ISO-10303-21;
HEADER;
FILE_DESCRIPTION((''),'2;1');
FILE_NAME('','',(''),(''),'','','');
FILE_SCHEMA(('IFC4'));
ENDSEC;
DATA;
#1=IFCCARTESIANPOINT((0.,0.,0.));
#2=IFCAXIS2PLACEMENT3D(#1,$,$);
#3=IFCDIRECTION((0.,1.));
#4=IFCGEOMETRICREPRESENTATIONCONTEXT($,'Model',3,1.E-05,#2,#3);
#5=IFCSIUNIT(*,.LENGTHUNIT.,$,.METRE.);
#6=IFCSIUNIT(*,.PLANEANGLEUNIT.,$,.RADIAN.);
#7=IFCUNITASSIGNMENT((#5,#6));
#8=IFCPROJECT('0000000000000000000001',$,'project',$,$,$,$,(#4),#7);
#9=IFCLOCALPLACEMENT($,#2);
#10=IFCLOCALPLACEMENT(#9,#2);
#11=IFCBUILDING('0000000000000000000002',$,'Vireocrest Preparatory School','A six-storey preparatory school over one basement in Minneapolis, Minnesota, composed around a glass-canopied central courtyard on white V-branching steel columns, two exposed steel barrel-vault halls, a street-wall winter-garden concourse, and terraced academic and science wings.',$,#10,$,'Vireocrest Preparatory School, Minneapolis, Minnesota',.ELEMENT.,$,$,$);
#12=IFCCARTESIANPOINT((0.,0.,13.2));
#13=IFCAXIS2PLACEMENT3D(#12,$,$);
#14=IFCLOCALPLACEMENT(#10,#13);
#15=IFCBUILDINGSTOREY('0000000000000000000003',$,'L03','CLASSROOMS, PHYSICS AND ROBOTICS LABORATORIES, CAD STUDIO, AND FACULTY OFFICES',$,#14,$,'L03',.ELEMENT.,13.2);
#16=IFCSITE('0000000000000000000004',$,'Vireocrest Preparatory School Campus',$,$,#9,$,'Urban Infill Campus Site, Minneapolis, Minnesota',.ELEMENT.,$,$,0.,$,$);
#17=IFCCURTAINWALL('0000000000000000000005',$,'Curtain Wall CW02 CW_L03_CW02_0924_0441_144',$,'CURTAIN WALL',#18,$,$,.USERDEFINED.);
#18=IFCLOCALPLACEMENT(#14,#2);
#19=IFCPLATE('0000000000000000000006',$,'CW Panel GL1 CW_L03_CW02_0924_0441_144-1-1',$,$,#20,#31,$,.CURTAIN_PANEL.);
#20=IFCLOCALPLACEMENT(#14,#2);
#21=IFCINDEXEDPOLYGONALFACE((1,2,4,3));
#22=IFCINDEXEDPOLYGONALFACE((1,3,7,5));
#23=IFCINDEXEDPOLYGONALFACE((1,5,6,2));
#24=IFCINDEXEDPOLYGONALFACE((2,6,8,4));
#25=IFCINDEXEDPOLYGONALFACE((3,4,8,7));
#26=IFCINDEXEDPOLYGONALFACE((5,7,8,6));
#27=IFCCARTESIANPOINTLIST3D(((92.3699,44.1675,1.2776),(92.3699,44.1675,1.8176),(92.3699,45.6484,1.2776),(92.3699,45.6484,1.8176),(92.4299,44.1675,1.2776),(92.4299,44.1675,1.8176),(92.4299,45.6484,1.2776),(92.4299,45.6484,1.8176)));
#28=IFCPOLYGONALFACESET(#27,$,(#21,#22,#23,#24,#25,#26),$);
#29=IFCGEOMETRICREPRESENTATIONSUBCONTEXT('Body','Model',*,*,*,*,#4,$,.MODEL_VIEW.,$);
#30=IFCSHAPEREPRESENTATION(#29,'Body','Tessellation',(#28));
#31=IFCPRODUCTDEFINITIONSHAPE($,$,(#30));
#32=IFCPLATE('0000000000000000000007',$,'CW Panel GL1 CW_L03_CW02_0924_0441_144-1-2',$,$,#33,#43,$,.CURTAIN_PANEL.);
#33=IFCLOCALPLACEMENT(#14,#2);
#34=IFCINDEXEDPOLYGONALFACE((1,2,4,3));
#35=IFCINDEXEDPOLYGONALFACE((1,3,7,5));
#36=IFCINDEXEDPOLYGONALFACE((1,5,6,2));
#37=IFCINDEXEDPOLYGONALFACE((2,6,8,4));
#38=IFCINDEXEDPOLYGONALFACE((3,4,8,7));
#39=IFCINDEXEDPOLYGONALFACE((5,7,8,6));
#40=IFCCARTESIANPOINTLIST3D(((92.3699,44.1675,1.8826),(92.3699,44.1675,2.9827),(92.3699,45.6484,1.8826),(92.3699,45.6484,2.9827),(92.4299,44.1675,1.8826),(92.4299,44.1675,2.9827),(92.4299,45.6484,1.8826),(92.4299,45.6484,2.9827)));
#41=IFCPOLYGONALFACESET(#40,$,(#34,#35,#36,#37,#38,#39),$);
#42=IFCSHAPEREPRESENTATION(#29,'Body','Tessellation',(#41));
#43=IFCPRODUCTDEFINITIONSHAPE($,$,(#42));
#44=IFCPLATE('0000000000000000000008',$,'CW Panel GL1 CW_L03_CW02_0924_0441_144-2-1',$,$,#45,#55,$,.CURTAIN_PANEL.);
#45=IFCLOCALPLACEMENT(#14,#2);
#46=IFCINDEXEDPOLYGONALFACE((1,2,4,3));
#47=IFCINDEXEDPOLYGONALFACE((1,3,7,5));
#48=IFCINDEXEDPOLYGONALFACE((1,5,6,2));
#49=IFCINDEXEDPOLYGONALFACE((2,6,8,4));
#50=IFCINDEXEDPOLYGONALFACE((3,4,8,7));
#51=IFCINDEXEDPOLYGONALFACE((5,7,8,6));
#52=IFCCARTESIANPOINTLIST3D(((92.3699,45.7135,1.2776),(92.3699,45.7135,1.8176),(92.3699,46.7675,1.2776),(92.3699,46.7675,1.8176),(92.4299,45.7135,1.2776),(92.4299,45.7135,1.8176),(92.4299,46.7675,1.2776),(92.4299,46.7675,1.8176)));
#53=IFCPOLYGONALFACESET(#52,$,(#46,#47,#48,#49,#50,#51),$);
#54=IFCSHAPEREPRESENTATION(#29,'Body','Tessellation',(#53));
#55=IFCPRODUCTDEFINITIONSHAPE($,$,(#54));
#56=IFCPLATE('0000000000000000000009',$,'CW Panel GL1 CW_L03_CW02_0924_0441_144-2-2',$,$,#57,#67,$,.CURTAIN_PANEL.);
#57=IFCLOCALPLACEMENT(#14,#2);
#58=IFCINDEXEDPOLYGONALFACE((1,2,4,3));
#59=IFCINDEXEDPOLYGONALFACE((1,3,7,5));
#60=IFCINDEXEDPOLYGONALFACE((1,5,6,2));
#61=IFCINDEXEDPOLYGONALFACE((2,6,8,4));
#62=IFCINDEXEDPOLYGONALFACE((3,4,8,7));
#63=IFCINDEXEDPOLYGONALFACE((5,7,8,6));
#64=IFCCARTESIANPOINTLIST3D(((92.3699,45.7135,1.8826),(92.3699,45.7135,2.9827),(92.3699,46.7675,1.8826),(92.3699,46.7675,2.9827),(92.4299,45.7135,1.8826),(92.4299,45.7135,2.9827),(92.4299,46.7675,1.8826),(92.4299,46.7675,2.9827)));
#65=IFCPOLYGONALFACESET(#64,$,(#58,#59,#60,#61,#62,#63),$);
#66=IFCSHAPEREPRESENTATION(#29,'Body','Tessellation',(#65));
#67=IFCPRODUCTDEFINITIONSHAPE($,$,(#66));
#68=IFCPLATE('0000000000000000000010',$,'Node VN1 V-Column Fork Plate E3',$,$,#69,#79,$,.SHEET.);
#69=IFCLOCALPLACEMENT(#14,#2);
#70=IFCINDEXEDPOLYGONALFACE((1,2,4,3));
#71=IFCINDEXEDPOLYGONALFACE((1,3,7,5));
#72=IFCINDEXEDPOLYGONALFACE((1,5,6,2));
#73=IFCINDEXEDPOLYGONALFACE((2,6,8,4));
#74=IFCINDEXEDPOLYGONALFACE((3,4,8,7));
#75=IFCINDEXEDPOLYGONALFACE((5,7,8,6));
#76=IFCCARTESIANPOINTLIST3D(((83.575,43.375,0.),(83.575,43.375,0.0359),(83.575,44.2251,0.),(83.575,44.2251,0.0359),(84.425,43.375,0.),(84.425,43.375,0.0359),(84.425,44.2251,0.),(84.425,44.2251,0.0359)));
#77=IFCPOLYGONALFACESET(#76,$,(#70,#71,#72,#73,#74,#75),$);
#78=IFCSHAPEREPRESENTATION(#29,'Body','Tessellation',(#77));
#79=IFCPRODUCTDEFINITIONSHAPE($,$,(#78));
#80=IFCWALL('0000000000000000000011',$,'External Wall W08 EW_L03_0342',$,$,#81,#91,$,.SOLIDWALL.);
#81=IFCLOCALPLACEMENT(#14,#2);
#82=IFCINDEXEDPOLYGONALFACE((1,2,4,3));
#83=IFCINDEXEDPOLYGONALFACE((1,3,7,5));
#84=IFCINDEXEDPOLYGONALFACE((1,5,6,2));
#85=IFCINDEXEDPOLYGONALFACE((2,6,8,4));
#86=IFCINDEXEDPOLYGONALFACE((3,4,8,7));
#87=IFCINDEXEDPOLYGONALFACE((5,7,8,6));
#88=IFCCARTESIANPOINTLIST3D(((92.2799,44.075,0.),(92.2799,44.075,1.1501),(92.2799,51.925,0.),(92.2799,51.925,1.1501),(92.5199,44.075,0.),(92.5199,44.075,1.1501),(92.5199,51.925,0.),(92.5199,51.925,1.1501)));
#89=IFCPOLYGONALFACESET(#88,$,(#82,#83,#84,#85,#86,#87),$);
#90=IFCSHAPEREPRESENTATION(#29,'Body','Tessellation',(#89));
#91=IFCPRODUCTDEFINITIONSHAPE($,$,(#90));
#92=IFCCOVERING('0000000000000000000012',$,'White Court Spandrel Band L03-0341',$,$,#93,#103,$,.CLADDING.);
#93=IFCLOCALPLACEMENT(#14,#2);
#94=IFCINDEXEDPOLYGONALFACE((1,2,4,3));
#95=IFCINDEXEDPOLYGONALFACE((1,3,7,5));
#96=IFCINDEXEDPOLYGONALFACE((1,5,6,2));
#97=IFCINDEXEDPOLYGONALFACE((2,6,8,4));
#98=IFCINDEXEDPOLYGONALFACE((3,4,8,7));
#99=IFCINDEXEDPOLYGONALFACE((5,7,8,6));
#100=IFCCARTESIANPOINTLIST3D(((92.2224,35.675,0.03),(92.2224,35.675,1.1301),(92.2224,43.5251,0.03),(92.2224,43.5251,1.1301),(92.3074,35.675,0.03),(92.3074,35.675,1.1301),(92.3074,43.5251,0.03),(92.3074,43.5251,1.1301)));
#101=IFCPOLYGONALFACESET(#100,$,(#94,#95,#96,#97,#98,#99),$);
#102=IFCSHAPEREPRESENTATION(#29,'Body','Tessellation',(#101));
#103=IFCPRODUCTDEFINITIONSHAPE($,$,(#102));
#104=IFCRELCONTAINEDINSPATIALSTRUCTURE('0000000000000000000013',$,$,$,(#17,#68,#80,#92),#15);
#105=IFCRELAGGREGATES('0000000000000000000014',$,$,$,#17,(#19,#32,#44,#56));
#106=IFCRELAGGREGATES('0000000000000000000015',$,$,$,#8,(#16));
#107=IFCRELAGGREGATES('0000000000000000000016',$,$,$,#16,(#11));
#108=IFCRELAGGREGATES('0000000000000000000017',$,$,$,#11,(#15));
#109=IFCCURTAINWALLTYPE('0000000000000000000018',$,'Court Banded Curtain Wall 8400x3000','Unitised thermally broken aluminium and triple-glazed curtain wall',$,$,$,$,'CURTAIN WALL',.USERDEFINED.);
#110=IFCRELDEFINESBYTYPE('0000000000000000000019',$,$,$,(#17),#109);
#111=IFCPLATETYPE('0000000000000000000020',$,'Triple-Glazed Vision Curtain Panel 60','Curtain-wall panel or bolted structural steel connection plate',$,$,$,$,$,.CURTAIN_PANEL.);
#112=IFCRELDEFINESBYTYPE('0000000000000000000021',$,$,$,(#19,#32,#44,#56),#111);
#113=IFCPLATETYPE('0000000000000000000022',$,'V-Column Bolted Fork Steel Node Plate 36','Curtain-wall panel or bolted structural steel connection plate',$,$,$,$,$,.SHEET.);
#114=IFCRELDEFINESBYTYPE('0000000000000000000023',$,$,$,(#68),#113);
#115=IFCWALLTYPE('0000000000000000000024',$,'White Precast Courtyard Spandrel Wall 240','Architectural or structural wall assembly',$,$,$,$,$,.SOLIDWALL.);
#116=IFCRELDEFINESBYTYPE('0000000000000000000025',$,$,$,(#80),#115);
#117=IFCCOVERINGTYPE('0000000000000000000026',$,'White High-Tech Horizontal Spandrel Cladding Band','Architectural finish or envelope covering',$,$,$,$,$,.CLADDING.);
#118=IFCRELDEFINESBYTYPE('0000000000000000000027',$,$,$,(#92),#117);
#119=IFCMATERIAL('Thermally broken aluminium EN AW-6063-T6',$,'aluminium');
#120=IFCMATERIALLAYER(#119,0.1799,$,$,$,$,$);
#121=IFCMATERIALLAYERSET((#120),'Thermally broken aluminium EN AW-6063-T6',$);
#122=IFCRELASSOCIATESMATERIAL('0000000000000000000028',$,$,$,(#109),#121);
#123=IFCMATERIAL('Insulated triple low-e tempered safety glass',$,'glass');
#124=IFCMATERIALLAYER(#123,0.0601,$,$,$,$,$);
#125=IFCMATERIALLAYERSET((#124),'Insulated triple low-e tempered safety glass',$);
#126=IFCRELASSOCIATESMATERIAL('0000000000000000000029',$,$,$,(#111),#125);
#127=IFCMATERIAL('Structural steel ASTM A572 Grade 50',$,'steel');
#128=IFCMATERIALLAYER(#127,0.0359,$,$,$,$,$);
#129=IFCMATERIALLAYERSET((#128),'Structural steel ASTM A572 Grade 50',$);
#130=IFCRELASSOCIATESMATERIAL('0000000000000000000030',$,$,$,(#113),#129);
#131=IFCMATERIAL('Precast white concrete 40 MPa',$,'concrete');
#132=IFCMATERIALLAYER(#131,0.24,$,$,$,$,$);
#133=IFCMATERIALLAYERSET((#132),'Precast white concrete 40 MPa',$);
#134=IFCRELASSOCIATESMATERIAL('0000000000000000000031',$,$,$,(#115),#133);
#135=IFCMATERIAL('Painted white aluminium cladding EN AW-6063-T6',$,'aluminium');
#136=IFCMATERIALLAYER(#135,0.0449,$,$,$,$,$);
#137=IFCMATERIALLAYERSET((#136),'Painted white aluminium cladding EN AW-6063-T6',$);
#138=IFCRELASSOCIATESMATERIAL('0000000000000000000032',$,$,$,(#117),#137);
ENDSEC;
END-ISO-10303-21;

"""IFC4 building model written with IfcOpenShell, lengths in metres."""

from ifc_helpers import new_model, si_unit, direction, frame, frame_2d, origin, origin_2d, place, context, subcontext, project, spatial, rectangle, extrude, material, layer, layer_set, type_object, element, aggregate, save


model = new_model("IFC4")

# Units and contexts
model_context = context("Model", 3, precision=1e-05, world=origin(), true_north=direction((0.0, 1.0)))
body_context = subcontext(model_context, "Body", "Model", "MODEL_VIEW")
ifc_project = project(units=[si_unit("LENGTHUNIT", "METRE"), si_unit("PLANEANGLEUNIT", "RADIAN")], contexts=[model_context])

# Site, building, storey
site_placement = place(None, origin())
site = spatial("IfcSite", under=ifc_project, at=site_placement, Name="Vireocrest Preparatory School Campus", LongName="Urban Infill Campus Site, Minneapolis, Minnesota", CompositionType="ELEMENT", RefElevation=0.0)
building_placement = place(site_placement, origin())
building = spatial("IfcBuilding", under=site, at=building_placement, Name="Vireocrest Preparatory School", Description="A six-storey preparatory school over one basement in Minneapolis, Minnesota, composed around a glass-canopied central courtyard on white V-branching steel columns, two exposed steel barrel-vault halls, a street-wall winter-garden concourse, and terraced academic and science wings.", LongName="Vireocrest Preparatory School, Minneapolis, Minnesota", CompositionType="ELEMENT")
storey_placement = place(building_placement, frame((0.0, 0.0, 13.2)))
storey = spatial("IfcBuildingStorey", under=building, at=storey_placement, Name="L03", Description="CLASSROOMS, PHYSICS AND ROBOTICS LABORATORIES, CAD STUDIO, AND FACULTY OFFICES", LongName="L03", CompositionType="ELEMENT", Elevation=13.2)

# Curtain wall
ifc_material_1 = material(Name="Thermally broken aluminium EN AW-6063-T6", Category="aluminium")
ifc_layer_1 = layer(ifc_material_1, 0.1799)
ifc_layer_set_1 = layer_set([ifc_layer_1], Name="Thermally broken aluminium EN AW-6063-T6")
curtain_wall_type = type_object("IfcCurtainWallType", Name="Court Banded Curtain Wall 8400x3000", Description="Unitised thermally broken aluminium and triple-glazed curtain wall", ElementType="CURTAIN WALL", PredefinedType="USERDEFINED", material=ifc_layer_set_1)
curtain_wall_1_placement = place(storey_placement, origin())
curtain_wall_1 = element("IfcCurtainWall", 1, at=curtain_wall_1_placement, inside=storey, type_object=curtain_wall_type, Name="Curtain Wall CW02 CW_L03_CW02_0924_0441_144", ObjectType="CURTAIN WALL", PredefinedType="USERDEFINED")

# Plates
ifc_material_2 = material(Name="Insulated triple low-e tempered safety glass", Category="glass")
ifc_layer_2 = layer(ifc_material_2, 0.0601)
ifc_layer_set_2 = layer_set([ifc_layer_2], Name="Insulated triple low-e tempered safety glass")
plate_type_1 = type_object("IfcPlateType", Name="Triple-Glazed Vision Curtain Panel 60", Description="Curtain-wall panel or bolted structural steel connection plate", PredefinedType="CURTAIN_PANEL", material=ifc_layer_set_2)
plate_1_placement = place(storey_placement, frame((92.3999, 44.908, 1.2776), z_axis=(0.0, 0.0, 1.0), x_axis=(0.0, 1.0, 0.0)))
plate_1 = element("IfcPlate", 2, at=plate_1_placement, type_object=plate_type_1, Name="CW Panel GL1 CW_L03_CW02_0924_0441_144-1-1", PredefinedType="CURTAIN_PANEL", context=body_context, shape_type="SweptSolid", body=[
    extrude(rectangle(XDim=1.481, YDim=0.0601, at=origin_2d()), origin(), (0.0, 0.0, 1.0), 0.54),
])
plate_2_placement = place(storey_placement, frame((92.3999, 44.908, 1.8826), z_axis=(0.0, 0.0, 1.0), x_axis=(0.0, 1.0, 0.0)))
plate_2 = element("IfcPlate", 3, at=plate_2_placement, type_object=plate_type_1, Name="CW Panel GL1 CW_L03_CW02_0924_0441_144-1-2", PredefinedType="CURTAIN_PANEL", context=body_context, shape_type="SweptSolid", body=[
    extrude(rectangle(XDim=1.481, YDim=0.0601, at=origin_2d()), origin(), (0.0, 0.0, 1.0), 1.1001),
])
plate_3_placement = place(storey_placement, frame((92.3999, 46.2405, 1.2776), z_axis=(0.0, 0.0, 1.0), x_axis=(0.0, 1.0, 0.0)))
plate_3 = element("IfcPlate", 4, at=plate_3_placement, type_object=plate_type_1, Name="CW Panel GL1 CW_L03_CW02_0924_0441_144-2-1", PredefinedType="CURTAIN_PANEL", context=body_context, shape_type="SweptSolid", body=[
    extrude(rectangle(XDim=1.054, YDim=0.0601, at=origin_2d()), origin(), (0.0, 0.0, 1.0), 0.54),
])
plate_4_placement = place(storey_placement, frame((92.3999, 46.2405, 1.8826), z_axis=(0.0, 0.0, 1.0), x_axis=(0.0, 1.0, 0.0)))
plate_4 = element("IfcPlate", 5, at=plate_4_placement, type_object=plate_type_1, Name="CW Panel GL1 CW_L03_CW02_0924_0441_144-2-2", PredefinedType="CURTAIN_PANEL", context=body_context, shape_type="SweptSolid", body=[
    extrude(rectangle(XDim=1.054, YDim=0.0601, at=origin_2d()), origin(), (0.0, 0.0, 1.0), 1.1001),
])
aggregate(curtain_wall_1, [plate_1, plate_2, plate_3, plate_4])
ifc_material_3 = material(Name="Structural steel ASTM A572 Grade 50", Category="steel")
ifc_layer_3 = layer(ifc_material_3, 0.0359)
ifc_layer_set_3 = layer_set([ifc_layer_3], Name="Structural steel ASTM A572 Grade 50")
plate_type_2 = type_object("IfcPlateType", Name="V-Column Bolted Fork Steel Node Plate 36", Description="Curtain-wall panel or bolted structural steel connection plate", PredefinedType="SHEET", material=ifc_layer_set_3)
plate_5_placement = place(storey_placement, frame((84.0, 43.8, 0.0), z_axis=(0.0, 0.0, 1.0), x_axis=(1.0, 0.0, 0.0)))
element("IfcPlate", 6, at=plate_5_placement, inside=storey, type_object=plate_type_2, Name="Node VN1 V-Column Fork Plate E3", PredefinedType="SHEET", context=body_context, shape_type="SweptSolid", body=[
    extrude(rectangle(XDim=0.8501, YDim=0.8501, at=origin_2d()), origin(), (0.0, 0.0, 1.0), 0.0359),
])

# Wall
ifc_material_4 = material(Name="Precast white concrete 40 MPa", Category="concrete")
ifc_layer_4 = layer(ifc_material_4, 0.24)
ifc_layer_set_4 = layer_set([ifc_layer_4], Name="Precast white concrete 40 MPa")
wall_type = type_object("IfcWallType", Name="White Precast Courtyard Spandrel Wall 240", Description="Architectural or structural wall assembly", PredefinedType="SOLIDWALL", material=ifc_layer_set_4)
wall_placement = place(storey_placement, frame((92.3999, 44.075, 0.0), z_axis=(0.0, 0.0, 1.0), x_axis=(0.0, 1.0, 0.0)))
element("IfcWall", 7, at=wall_placement, inside=storey, type_object=wall_type, Name="External Wall W08 EW_L03_0342", PredefinedType="SOLIDWALL", context=body_context, shape_type="SweptSolid", body=[
    extrude(rectangle(XDim=7.8501, YDim=0.24, at=frame_2d((3.925, 0.0))), origin(), (0.0, 0.0, 1.0), 1.1501),
])

# Covering
ifc_material_5 = material(Name="Painted white aluminium cladding EN AW-6063-T6", Category="aluminium")
ifc_layer_5 = layer(ifc_material_5, 0.0449)
ifc_layer_set_5 = layer_set([ifc_layer_5], Name="Painted white aluminium cladding EN AW-6063-T6")
covering_type = type_object("IfcCoveringType", Name="White High-Tech Horizontal Spandrel Cladding Band", Description="Architectural finish or envelope covering", PredefinedType="CLADDING", material=ifc_layer_set_5)
covering_placement = place(storey_placement, frame((92.2649, 39.6001, 0.03), z_axis=(0.0, 0.0, 1.0), x_axis=(1.0, 0.0, 0.0)))
element("IfcCovering", 8, at=covering_placement, inside=storey, type_object=covering_type, Name="White Court Spandrel Band L03-0341", PredefinedType="CLADDING", context=body_context, shape_type="SweptSolid", body=[
    extrude(rectangle(XDim=0.085, YDim=7.8501, at=origin_2d()), origin(), (0.0, 0.0, 1.0), 1.1001),
])

save(model, "model.ifc")
